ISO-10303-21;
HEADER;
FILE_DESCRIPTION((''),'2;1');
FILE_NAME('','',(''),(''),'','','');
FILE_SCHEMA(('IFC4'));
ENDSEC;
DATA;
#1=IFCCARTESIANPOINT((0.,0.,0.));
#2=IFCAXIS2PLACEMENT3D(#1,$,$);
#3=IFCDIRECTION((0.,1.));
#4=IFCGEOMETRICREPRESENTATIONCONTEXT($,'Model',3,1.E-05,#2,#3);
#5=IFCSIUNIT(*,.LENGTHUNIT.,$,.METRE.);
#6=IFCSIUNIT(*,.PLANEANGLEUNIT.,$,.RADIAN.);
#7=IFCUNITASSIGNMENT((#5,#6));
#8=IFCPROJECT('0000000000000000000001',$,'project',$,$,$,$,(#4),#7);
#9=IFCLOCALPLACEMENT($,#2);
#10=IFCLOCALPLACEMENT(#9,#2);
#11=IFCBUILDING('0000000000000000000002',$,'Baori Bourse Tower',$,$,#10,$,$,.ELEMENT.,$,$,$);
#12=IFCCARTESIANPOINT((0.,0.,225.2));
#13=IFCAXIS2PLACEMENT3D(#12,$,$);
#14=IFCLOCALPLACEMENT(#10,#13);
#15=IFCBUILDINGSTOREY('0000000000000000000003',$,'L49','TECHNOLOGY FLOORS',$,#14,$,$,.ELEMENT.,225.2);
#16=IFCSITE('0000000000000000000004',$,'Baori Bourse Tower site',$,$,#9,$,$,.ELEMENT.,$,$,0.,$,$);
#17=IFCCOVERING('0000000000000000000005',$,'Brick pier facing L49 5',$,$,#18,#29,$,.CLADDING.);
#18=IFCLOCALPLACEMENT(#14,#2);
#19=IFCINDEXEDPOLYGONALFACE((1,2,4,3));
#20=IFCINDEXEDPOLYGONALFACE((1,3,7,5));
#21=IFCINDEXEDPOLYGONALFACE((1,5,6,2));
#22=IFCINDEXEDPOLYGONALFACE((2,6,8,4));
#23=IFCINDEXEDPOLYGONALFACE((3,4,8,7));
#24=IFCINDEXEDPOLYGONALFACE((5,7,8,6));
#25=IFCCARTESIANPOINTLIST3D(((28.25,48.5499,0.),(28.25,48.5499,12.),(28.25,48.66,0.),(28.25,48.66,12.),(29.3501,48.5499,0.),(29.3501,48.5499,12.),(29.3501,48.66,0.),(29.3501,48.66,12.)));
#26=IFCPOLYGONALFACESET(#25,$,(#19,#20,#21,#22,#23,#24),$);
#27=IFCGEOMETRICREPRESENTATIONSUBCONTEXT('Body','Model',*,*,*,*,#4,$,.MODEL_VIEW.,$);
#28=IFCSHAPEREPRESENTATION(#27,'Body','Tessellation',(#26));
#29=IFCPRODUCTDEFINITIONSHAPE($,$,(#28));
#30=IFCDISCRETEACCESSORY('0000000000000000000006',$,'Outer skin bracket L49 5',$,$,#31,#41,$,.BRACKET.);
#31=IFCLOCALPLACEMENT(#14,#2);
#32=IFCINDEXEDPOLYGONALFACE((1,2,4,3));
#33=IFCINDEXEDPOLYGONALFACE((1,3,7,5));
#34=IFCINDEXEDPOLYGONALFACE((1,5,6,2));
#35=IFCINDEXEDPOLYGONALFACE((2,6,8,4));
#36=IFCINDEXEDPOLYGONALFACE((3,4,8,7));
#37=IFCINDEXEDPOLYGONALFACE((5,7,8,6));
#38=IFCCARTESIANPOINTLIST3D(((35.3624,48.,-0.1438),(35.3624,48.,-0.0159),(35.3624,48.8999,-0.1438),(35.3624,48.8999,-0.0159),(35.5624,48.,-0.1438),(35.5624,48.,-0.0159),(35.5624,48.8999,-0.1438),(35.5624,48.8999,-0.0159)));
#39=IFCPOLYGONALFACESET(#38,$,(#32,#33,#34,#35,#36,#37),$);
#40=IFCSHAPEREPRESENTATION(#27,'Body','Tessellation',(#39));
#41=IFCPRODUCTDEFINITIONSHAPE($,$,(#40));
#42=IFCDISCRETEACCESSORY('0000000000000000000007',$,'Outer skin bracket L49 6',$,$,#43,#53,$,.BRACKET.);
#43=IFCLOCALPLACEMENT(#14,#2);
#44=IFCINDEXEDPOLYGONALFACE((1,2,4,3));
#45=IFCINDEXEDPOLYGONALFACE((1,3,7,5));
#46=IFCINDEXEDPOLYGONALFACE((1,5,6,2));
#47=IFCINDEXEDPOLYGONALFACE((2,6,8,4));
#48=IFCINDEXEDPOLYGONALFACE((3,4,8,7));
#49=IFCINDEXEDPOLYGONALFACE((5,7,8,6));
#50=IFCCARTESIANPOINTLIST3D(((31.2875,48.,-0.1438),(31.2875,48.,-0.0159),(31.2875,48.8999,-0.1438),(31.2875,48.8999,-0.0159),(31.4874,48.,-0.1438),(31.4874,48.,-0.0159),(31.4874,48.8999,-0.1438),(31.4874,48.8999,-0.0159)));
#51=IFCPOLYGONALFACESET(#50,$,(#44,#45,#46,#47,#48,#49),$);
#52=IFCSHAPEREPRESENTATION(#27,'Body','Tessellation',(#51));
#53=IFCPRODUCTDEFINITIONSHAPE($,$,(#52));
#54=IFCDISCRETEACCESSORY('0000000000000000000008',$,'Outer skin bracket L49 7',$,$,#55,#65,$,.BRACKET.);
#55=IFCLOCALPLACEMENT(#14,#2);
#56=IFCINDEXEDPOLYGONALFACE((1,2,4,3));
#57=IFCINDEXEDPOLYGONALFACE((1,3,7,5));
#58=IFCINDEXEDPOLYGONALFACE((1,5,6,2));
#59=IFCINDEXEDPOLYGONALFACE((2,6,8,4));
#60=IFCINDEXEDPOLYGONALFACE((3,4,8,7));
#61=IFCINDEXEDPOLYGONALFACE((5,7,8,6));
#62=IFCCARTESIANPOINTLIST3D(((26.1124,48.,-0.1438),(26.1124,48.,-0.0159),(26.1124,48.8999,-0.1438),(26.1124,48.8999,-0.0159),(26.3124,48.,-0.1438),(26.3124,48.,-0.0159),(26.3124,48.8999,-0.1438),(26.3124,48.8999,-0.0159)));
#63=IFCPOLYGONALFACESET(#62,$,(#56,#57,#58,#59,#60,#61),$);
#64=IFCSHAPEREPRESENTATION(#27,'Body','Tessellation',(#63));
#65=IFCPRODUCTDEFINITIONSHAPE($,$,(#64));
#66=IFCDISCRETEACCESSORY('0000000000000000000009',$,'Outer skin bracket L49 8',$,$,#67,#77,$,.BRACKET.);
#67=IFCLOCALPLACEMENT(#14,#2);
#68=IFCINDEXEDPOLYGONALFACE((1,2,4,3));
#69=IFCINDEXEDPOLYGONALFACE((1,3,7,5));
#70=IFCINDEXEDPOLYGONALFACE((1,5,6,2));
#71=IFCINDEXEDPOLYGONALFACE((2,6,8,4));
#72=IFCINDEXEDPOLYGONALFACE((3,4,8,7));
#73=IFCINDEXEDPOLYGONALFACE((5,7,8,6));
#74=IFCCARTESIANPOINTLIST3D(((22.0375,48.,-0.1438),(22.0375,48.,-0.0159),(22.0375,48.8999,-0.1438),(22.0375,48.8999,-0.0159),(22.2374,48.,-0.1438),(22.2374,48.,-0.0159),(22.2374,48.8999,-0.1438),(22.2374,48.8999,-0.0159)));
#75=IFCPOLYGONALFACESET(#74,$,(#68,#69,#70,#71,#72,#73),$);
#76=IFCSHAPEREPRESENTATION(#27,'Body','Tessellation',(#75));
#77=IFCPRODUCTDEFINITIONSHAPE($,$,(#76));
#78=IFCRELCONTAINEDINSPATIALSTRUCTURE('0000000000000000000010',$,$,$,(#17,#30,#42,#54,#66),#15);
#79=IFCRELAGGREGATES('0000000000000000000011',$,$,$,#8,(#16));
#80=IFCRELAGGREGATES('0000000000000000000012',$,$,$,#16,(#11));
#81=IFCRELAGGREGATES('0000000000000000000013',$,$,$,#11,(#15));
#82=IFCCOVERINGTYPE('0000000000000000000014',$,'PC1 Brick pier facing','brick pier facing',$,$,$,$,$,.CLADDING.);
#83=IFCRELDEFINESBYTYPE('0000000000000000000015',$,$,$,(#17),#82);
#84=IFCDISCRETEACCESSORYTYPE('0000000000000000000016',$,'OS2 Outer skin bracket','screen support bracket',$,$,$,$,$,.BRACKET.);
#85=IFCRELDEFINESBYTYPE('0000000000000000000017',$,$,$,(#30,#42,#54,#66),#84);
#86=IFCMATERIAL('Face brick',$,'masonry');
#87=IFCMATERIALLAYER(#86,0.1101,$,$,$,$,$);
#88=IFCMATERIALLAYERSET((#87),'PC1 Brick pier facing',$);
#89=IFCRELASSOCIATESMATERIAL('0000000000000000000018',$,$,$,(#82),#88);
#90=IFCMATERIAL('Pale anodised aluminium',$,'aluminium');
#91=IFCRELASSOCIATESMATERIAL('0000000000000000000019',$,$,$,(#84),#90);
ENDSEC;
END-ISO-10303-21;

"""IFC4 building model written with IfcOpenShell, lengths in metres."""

from ifc_helpers import new_model, si_unit, direction, frame, origin, origin_2d, place, context, subcontext, project, spatial, rectangle, extrude, material, layer, layer_set, type_object, element, save


model = new_model("IFC4")

# Units and contexts
model_context = context("Model", 3, precision=1e-05, world=origin(), true_north=direction((0.0, 1.0)))
body_context = subcontext(model_context, "Body", "Model", "MODEL_VIEW")
ifc_project = project(units=[si_unit("LENGTHUNIT", "METRE"), si_unit("PLANEANGLEUNIT", "RADIAN")], contexts=[model_context])

# Site, building, storey
site_placement = place(None, origin())
site = spatial("IfcSite", under=ifc_project, at=site_placement, Name="Baori Bourse Tower site", CompositionType="ELEMENT", RefElevation=0.0)
building_placement = place(site_placement, origin())
building = spatial("IfcBuilding", under=site, at=building_placement, Name="Baori Bourse Tower", CompositionType="ELEMENT")
storey_placement = place(building_placement, frame((0.0, 0.0, 225.2)))
storey = spatial("IfcBuildingStorey", under=building, at=storey_placement, Name="L49", Description="TECHNOLOGY FLOORS", CompositionType="ELEMENT", Elevation=225.2)

# Covering
ifc_material_1 = material(Name="Face brick", Category="masonry")
ifc_layer_1 = layer(ifc_material_1, 0.1101)
ifc_layer_set_1 = layer_set([ifc_layer_1], Name="PC1 Brick pier facing")
covering_type = type_object("IfcCoveringType", Name="PC1 Brick pier facing", Description="brick pier facing", PredefinedType="CLADDING", material=ifc_layer_set_1)
covering_placement = place(storey_placement, frame((28.8, 48.605, 0.0), z_axis=(0.0, 0.0, 1.0), x_axis=(1.0, 0.0, 0.0)))
element("IfcCovering", 1, at=covering_placement, inside=storey, type_object=covering_type, Name="Brick pier facing L49 5", PredefinedType="CLADDING", context=body_context, shape_type="SweptSolid", body=[
    extrude(rectangle(XDim=1.1001, YDim=0.1101, at=origin_2d()), origin(), (0.0, 0.0, 1.0), 12.0),
])

# Discrete accessories
ifc_material_2 = material(Name="Pale anodised aluminium", Category="aluminium")
discrete_accessory_type = type_object("IfcDiscreteAccessoryType", Name="OS2 Outer skin bracket", Description="screen support bracket", PredefinedType="BRACKET", material=ifc_material_2)
for number, where, z_axis, x_axis, name in (
    (2, (35.4624, 48.45, -0.1438), (0.0, 0.0, 1.0), (-1.0, 0.0, 0.0), "Outer skin bracket L49 5"),
    (3, (31.3875, 48.45, -0.1438), (0.0, 0.0, 1.0), (-1.0, 0.0, 0.0), "Outer skin bracket L49 6"),
    (4, (26.2124, 48.45, -0.1438), (0.0, 0.0, 1.0), (-1.0, 0.0, 0.0), "Outer skin bracket L49 7"),
    (5, (22.1375, 48.45, -0.1438), (0.0, 0.0, 1.0), (-1.0, 0.0, 0.0), "Outer skin bracket L49 8"),
):
    element("IfcDiscreteAccessory", number, at=place(storey_placement, frame(where, z_axis=z_axis, x_axis=x_axis)), inside=storey, type_object=discrete_accessory_type, Name=name, PredefinedType="BRACKET", context=body_context, shape_type="SweptSolid", body=[
        extrude(rectangle(XDim=0.2, YDim=0.8999, at=origin_2d()), origin(), (0.0, 0.0, 1.0), 0.1279),
    ])

save(model, "model.ifc")
